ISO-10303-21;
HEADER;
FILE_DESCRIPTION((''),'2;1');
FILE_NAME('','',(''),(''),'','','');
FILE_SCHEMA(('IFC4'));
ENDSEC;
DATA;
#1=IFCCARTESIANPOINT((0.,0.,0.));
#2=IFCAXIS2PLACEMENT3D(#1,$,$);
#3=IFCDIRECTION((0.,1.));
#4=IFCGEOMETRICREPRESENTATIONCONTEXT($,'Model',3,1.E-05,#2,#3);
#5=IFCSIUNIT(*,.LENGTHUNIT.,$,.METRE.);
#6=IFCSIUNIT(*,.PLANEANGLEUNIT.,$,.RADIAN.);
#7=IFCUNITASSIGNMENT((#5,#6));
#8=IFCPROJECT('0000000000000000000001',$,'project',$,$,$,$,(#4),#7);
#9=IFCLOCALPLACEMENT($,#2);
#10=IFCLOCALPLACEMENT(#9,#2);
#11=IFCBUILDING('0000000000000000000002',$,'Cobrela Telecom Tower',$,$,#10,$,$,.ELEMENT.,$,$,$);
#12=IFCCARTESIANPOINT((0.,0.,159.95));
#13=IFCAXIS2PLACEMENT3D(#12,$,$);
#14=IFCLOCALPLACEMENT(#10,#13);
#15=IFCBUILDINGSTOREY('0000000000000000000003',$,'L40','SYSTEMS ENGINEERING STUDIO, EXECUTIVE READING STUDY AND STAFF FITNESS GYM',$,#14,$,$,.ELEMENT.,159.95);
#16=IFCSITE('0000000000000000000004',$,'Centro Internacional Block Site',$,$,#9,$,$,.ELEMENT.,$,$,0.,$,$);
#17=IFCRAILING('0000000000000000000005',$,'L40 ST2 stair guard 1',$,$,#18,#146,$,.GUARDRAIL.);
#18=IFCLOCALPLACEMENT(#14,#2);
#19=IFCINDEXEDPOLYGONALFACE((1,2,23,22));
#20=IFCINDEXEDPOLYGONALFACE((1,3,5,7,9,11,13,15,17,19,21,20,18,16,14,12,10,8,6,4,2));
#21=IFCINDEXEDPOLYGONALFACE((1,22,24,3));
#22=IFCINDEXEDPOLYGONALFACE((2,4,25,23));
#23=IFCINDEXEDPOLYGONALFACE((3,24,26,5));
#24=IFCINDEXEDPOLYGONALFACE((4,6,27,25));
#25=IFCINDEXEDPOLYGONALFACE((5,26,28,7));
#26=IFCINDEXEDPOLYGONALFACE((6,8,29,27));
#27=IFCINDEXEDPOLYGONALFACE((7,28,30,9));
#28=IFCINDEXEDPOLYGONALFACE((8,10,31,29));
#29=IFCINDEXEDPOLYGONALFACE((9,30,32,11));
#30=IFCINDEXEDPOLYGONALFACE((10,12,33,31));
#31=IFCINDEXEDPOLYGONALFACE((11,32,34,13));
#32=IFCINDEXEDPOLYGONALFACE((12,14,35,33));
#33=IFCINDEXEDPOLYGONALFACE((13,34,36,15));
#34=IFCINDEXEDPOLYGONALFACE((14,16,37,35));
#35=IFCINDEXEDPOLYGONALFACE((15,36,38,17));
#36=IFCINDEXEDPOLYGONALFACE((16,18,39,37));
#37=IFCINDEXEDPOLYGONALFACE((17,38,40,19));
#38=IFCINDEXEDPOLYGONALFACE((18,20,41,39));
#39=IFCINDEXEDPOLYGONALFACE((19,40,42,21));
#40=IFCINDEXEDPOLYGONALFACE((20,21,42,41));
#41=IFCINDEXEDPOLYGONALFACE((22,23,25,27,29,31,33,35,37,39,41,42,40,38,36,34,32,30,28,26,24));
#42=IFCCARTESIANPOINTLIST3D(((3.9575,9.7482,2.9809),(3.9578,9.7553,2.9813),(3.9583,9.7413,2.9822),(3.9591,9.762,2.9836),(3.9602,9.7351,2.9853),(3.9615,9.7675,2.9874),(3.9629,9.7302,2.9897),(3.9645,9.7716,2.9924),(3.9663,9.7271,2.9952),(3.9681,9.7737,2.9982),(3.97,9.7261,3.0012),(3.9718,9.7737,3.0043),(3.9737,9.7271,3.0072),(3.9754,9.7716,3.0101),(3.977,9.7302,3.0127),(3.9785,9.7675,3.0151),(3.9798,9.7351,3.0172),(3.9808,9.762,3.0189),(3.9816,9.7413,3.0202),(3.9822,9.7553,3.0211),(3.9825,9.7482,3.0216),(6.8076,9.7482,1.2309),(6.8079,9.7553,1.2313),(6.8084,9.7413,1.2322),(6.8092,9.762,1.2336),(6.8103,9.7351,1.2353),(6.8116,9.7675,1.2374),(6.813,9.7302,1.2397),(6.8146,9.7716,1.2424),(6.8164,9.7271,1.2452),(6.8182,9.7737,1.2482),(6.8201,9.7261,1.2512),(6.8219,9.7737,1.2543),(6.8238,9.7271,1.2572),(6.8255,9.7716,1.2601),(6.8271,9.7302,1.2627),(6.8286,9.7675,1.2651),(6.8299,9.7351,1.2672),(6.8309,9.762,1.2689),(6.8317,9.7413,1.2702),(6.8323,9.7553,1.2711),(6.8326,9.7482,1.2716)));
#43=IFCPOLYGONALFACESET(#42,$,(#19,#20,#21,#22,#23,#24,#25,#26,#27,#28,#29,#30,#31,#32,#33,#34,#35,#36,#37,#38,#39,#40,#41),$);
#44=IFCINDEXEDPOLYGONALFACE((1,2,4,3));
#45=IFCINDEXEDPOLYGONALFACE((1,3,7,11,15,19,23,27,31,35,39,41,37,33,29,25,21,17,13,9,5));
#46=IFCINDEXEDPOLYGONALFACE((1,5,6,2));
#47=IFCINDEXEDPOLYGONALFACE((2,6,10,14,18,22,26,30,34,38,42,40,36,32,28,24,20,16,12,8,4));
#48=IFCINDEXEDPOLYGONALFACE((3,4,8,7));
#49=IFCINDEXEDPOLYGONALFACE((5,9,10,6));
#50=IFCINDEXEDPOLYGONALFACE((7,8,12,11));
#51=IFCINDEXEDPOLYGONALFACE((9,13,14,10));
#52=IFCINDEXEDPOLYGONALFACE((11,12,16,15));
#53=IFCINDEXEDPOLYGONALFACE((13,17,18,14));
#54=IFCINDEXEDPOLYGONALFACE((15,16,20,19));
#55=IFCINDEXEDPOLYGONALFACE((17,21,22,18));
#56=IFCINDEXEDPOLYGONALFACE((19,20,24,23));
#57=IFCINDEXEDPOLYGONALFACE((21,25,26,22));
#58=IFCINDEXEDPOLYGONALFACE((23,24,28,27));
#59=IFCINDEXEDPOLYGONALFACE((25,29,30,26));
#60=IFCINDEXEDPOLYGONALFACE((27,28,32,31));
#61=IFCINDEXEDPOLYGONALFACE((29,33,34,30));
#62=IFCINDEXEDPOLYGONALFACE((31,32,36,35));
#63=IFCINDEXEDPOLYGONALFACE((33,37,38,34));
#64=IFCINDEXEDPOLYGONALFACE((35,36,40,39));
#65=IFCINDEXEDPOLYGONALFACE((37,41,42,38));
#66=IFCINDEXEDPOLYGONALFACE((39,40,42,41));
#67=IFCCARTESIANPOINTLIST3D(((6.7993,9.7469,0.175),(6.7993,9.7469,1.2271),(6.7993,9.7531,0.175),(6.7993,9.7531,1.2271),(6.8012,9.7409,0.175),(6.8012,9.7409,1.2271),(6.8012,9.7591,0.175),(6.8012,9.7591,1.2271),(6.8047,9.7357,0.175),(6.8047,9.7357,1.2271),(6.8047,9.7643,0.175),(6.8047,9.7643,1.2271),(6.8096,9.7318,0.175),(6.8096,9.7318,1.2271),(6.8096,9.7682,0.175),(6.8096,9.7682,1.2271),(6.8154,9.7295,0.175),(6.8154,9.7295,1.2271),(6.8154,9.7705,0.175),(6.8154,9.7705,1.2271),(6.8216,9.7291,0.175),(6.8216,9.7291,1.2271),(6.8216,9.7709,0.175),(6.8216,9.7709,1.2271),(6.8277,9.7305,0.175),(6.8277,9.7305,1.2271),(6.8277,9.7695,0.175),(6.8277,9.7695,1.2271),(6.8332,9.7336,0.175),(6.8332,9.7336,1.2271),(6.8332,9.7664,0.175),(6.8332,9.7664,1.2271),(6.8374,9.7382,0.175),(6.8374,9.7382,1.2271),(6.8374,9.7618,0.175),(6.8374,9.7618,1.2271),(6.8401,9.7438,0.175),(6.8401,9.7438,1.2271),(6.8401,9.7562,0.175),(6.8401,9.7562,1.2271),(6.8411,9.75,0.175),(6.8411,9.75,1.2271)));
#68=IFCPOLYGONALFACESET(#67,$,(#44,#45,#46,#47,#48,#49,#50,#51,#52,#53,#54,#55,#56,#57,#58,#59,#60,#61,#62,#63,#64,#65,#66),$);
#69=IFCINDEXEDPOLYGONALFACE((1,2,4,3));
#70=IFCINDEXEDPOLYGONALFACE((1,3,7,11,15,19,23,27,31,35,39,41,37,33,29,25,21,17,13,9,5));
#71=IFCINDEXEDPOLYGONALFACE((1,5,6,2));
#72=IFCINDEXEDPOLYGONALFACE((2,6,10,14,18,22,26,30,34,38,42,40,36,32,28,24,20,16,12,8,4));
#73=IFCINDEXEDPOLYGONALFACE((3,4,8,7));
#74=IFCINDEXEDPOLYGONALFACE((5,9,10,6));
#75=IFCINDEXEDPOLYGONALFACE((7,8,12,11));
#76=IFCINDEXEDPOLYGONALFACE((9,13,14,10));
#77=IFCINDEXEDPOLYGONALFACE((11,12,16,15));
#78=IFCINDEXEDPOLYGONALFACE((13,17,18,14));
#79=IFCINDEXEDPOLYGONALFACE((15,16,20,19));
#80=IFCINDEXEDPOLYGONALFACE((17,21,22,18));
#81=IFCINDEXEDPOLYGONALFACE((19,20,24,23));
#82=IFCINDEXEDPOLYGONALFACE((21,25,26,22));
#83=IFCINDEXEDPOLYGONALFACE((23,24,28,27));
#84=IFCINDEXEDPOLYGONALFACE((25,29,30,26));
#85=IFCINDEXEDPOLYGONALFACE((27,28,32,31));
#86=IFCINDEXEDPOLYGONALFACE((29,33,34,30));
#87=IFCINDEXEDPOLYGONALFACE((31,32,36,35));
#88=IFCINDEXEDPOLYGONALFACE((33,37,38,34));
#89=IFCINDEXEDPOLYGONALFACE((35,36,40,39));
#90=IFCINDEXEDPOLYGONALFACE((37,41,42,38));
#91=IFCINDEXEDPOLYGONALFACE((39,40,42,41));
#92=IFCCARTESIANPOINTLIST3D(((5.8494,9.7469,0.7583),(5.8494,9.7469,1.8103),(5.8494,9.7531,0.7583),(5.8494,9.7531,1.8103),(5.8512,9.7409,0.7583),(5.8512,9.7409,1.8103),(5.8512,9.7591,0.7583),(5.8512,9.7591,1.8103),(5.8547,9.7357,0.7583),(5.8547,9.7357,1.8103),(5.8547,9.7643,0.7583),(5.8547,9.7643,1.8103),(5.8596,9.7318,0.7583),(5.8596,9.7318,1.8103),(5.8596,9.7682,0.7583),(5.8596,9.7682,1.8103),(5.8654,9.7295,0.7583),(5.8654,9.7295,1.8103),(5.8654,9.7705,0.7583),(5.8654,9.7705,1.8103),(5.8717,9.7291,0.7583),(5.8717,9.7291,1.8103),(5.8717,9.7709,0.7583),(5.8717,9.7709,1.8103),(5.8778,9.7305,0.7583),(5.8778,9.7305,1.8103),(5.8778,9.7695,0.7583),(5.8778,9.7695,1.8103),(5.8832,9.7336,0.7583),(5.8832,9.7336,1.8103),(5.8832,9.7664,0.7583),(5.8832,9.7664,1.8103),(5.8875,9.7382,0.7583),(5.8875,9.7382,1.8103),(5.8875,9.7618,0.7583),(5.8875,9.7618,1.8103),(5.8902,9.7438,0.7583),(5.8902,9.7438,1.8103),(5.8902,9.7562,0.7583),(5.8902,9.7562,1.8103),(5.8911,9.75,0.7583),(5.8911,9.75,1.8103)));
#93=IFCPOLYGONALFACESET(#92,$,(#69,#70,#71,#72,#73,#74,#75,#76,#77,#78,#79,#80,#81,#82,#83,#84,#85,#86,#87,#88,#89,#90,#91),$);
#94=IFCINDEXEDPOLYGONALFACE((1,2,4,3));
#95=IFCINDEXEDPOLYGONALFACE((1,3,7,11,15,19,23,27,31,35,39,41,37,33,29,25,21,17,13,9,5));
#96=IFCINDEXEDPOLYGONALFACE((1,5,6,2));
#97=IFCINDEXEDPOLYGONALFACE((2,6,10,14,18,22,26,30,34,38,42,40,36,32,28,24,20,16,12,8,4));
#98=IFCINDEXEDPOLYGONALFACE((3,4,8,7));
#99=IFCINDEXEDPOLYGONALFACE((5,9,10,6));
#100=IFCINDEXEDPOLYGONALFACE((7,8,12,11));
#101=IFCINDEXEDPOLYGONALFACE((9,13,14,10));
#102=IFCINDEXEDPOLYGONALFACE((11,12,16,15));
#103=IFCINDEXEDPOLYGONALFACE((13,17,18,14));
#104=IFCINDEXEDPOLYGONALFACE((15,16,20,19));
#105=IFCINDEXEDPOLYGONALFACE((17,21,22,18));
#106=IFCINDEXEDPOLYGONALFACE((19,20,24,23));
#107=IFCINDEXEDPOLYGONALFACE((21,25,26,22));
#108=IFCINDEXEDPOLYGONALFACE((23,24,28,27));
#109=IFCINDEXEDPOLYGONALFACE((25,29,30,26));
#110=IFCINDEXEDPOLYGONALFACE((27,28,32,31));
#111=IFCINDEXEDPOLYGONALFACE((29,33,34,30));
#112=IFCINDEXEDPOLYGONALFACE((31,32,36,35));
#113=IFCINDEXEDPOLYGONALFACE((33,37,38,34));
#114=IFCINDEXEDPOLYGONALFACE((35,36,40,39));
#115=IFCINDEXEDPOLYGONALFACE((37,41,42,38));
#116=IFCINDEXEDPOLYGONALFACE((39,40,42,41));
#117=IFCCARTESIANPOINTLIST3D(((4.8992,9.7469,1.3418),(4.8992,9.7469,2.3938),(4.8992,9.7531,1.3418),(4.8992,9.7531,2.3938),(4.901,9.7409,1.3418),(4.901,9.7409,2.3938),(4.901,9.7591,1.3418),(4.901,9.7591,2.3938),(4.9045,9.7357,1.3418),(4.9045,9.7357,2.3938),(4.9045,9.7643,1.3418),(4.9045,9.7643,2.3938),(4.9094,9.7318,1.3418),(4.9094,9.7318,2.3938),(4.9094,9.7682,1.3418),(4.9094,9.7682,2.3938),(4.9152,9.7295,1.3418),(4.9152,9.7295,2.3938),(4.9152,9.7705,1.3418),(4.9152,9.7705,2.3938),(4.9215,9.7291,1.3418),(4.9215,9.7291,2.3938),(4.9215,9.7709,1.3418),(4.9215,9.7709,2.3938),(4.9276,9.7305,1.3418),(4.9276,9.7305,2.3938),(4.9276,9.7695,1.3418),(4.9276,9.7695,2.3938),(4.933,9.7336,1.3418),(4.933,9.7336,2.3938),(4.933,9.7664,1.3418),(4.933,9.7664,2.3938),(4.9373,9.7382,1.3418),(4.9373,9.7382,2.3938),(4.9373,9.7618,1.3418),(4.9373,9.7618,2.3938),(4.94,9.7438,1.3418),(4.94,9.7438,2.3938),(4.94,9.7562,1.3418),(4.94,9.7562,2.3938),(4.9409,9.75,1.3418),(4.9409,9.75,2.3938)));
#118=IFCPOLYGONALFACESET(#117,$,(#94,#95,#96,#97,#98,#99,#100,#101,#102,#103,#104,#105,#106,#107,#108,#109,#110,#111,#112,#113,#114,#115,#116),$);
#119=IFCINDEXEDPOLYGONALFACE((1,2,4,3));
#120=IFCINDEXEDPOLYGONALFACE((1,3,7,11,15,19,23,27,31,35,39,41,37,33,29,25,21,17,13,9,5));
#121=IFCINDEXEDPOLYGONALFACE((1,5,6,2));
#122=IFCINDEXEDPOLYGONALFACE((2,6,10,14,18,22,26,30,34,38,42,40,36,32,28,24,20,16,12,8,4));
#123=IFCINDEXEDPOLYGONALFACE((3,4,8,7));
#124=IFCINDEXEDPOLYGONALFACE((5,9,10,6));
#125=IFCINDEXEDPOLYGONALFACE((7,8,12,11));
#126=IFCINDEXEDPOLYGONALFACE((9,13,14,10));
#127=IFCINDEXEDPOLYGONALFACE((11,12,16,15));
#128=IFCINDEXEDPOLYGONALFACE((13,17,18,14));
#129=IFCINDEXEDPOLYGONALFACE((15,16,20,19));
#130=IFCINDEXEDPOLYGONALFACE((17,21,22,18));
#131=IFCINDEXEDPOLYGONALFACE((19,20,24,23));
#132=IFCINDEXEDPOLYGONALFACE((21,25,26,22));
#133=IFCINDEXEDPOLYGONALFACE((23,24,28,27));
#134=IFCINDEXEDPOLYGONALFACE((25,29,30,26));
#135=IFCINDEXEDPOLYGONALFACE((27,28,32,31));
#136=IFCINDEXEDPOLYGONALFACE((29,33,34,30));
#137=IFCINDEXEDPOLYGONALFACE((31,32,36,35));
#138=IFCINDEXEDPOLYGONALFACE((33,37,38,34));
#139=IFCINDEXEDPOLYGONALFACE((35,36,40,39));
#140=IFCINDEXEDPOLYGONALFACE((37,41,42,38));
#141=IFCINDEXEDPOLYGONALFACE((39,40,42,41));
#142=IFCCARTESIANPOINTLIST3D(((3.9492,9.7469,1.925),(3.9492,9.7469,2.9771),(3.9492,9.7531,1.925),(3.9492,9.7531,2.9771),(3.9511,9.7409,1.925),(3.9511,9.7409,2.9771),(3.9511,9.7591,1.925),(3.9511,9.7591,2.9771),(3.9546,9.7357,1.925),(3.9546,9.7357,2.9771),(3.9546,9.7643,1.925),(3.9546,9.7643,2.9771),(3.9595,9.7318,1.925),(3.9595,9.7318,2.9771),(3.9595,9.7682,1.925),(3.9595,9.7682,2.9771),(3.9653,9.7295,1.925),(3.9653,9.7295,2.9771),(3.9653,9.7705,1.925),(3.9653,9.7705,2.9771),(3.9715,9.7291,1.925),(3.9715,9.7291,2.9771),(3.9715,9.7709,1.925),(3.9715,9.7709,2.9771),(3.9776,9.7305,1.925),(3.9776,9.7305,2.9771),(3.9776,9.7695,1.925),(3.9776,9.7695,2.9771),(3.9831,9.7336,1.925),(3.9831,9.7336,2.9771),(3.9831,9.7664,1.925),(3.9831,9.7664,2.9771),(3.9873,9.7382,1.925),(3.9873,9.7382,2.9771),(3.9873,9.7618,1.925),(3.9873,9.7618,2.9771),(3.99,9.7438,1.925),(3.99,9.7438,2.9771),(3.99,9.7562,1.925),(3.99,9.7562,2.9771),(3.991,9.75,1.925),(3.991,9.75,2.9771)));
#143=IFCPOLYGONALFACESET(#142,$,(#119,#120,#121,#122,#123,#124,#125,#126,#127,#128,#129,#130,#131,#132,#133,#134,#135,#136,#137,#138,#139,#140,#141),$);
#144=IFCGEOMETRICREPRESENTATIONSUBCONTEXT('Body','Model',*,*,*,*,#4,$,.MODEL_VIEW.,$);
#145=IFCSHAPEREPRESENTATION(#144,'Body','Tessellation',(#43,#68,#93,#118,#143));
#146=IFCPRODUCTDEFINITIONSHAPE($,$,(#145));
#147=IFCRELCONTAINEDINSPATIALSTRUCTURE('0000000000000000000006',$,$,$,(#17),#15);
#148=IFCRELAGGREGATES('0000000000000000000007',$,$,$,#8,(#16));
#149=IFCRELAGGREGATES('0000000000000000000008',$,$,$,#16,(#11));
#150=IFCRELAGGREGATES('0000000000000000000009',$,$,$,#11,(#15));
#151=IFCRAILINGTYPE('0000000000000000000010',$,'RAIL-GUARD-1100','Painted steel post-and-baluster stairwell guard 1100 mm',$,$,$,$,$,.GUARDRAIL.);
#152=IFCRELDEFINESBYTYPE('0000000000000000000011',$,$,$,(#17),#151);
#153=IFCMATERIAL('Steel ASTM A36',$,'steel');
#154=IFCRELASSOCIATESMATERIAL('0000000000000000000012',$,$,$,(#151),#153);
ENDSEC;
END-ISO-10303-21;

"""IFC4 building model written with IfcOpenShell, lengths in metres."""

from ifc_helpers import new_model, si_unit, direction, frame, origin, origin_2d, place, context, subcontext, project, spatial, circle, extrude, material, type_object, element, save


model = new_model("IFC4")

# Units and contexts
model_context = context("Model", 3, precision=1e-05, world=origin(), true_north=direction((0.0, 1.0)))
body_context = subcontext(model_context, "Body", "Model", "MODEL_VIEW")
ifc_project = project(units=[si_unit("LENGTHUNIT", "METRE"), si_unit("PLANEANGLEUNIT", "RADIAN")], contexts=[model_context])

# Site, building, storey
site_placement = place(None, origin())
site = spatial("IfcSite", under=ifc_project, at=site_placement, Name="Centro Internacional Block Site", CompositionType="ELEMENT", RefElevation=0.0)
building_placement = place(site_placement, origin())
building = spatial("IfcBuilding", under=site, at=building_placement, Name="Cobrela Telecom Tower", CompositionType="ELEMENT")
storey_placement = place(building_placement, frame((0.0, 0.0, 159.95)))
storey = spatial("IfcBuildingStorey", under=building, at=storey_placement, Name="L40", Description="SYSTEMS ENGINEERING STUDIO, EXECUTIVE READING STUDY AND STAFF FITNESS GYM", CompositionType="ELEMENT", Elevation=159.95)

# Shared definitions
ifc_material_1 = material(Name="Steel ASTM A36", Category="steel")

# Railing
railing_type_1 = type_object("IfcRailingType", Name="RAIL-GUARD-1100", Description="Painted steel post-and-baluster stairwell guard 1100 mm", PredefinedType="GUARDRAIL", material=ifc_material_1)
railing_1_placement = place(storey_placement, frame((6.8201, 9.75, 0.175)))
element("IfcRailing", 1, at=railing_1_placement, inside=storey, type_object=railing_type_1, Name="L40 ST2 stair guard 1", PredefinedType="GUARDRAIL", context=body_context, shape_type="SweptSolid", body=[
    extrude(circle(Radius=0.0239, at=origin_2d()), frame((0.0, 0.0, 1.0762), z_axis=(-0.852179, 0.0, 0.52325), x_axis=(0.0, -1.0, 0.0)), (0.0, 0.0, 1.0), 3.3445),
    extrude(circle(Radius=0.021, at=origin_2d()), origin(), (0.0, 0.0, 1.0), 1.052),
    extrude(circle(Radius=0.021, at=origin_2d()), frame((-0.95, 0.0, 0.5833)), (0.0, 0.0, 1.0), 1.052),
    extrude(circle(Radius=0.021, at=origin_2d()), frame((-1.9001, 0.0, 1.1667)), (0.0, 0.0, 1.0), 1.052),
    extrude(circle(Radius=0.021, at=origin_2d()), frame((-2.8501, 0.0, 1.75)), (0.0, 0.0, 1.0), 1.052),
])

save(model, "model.ifc")
